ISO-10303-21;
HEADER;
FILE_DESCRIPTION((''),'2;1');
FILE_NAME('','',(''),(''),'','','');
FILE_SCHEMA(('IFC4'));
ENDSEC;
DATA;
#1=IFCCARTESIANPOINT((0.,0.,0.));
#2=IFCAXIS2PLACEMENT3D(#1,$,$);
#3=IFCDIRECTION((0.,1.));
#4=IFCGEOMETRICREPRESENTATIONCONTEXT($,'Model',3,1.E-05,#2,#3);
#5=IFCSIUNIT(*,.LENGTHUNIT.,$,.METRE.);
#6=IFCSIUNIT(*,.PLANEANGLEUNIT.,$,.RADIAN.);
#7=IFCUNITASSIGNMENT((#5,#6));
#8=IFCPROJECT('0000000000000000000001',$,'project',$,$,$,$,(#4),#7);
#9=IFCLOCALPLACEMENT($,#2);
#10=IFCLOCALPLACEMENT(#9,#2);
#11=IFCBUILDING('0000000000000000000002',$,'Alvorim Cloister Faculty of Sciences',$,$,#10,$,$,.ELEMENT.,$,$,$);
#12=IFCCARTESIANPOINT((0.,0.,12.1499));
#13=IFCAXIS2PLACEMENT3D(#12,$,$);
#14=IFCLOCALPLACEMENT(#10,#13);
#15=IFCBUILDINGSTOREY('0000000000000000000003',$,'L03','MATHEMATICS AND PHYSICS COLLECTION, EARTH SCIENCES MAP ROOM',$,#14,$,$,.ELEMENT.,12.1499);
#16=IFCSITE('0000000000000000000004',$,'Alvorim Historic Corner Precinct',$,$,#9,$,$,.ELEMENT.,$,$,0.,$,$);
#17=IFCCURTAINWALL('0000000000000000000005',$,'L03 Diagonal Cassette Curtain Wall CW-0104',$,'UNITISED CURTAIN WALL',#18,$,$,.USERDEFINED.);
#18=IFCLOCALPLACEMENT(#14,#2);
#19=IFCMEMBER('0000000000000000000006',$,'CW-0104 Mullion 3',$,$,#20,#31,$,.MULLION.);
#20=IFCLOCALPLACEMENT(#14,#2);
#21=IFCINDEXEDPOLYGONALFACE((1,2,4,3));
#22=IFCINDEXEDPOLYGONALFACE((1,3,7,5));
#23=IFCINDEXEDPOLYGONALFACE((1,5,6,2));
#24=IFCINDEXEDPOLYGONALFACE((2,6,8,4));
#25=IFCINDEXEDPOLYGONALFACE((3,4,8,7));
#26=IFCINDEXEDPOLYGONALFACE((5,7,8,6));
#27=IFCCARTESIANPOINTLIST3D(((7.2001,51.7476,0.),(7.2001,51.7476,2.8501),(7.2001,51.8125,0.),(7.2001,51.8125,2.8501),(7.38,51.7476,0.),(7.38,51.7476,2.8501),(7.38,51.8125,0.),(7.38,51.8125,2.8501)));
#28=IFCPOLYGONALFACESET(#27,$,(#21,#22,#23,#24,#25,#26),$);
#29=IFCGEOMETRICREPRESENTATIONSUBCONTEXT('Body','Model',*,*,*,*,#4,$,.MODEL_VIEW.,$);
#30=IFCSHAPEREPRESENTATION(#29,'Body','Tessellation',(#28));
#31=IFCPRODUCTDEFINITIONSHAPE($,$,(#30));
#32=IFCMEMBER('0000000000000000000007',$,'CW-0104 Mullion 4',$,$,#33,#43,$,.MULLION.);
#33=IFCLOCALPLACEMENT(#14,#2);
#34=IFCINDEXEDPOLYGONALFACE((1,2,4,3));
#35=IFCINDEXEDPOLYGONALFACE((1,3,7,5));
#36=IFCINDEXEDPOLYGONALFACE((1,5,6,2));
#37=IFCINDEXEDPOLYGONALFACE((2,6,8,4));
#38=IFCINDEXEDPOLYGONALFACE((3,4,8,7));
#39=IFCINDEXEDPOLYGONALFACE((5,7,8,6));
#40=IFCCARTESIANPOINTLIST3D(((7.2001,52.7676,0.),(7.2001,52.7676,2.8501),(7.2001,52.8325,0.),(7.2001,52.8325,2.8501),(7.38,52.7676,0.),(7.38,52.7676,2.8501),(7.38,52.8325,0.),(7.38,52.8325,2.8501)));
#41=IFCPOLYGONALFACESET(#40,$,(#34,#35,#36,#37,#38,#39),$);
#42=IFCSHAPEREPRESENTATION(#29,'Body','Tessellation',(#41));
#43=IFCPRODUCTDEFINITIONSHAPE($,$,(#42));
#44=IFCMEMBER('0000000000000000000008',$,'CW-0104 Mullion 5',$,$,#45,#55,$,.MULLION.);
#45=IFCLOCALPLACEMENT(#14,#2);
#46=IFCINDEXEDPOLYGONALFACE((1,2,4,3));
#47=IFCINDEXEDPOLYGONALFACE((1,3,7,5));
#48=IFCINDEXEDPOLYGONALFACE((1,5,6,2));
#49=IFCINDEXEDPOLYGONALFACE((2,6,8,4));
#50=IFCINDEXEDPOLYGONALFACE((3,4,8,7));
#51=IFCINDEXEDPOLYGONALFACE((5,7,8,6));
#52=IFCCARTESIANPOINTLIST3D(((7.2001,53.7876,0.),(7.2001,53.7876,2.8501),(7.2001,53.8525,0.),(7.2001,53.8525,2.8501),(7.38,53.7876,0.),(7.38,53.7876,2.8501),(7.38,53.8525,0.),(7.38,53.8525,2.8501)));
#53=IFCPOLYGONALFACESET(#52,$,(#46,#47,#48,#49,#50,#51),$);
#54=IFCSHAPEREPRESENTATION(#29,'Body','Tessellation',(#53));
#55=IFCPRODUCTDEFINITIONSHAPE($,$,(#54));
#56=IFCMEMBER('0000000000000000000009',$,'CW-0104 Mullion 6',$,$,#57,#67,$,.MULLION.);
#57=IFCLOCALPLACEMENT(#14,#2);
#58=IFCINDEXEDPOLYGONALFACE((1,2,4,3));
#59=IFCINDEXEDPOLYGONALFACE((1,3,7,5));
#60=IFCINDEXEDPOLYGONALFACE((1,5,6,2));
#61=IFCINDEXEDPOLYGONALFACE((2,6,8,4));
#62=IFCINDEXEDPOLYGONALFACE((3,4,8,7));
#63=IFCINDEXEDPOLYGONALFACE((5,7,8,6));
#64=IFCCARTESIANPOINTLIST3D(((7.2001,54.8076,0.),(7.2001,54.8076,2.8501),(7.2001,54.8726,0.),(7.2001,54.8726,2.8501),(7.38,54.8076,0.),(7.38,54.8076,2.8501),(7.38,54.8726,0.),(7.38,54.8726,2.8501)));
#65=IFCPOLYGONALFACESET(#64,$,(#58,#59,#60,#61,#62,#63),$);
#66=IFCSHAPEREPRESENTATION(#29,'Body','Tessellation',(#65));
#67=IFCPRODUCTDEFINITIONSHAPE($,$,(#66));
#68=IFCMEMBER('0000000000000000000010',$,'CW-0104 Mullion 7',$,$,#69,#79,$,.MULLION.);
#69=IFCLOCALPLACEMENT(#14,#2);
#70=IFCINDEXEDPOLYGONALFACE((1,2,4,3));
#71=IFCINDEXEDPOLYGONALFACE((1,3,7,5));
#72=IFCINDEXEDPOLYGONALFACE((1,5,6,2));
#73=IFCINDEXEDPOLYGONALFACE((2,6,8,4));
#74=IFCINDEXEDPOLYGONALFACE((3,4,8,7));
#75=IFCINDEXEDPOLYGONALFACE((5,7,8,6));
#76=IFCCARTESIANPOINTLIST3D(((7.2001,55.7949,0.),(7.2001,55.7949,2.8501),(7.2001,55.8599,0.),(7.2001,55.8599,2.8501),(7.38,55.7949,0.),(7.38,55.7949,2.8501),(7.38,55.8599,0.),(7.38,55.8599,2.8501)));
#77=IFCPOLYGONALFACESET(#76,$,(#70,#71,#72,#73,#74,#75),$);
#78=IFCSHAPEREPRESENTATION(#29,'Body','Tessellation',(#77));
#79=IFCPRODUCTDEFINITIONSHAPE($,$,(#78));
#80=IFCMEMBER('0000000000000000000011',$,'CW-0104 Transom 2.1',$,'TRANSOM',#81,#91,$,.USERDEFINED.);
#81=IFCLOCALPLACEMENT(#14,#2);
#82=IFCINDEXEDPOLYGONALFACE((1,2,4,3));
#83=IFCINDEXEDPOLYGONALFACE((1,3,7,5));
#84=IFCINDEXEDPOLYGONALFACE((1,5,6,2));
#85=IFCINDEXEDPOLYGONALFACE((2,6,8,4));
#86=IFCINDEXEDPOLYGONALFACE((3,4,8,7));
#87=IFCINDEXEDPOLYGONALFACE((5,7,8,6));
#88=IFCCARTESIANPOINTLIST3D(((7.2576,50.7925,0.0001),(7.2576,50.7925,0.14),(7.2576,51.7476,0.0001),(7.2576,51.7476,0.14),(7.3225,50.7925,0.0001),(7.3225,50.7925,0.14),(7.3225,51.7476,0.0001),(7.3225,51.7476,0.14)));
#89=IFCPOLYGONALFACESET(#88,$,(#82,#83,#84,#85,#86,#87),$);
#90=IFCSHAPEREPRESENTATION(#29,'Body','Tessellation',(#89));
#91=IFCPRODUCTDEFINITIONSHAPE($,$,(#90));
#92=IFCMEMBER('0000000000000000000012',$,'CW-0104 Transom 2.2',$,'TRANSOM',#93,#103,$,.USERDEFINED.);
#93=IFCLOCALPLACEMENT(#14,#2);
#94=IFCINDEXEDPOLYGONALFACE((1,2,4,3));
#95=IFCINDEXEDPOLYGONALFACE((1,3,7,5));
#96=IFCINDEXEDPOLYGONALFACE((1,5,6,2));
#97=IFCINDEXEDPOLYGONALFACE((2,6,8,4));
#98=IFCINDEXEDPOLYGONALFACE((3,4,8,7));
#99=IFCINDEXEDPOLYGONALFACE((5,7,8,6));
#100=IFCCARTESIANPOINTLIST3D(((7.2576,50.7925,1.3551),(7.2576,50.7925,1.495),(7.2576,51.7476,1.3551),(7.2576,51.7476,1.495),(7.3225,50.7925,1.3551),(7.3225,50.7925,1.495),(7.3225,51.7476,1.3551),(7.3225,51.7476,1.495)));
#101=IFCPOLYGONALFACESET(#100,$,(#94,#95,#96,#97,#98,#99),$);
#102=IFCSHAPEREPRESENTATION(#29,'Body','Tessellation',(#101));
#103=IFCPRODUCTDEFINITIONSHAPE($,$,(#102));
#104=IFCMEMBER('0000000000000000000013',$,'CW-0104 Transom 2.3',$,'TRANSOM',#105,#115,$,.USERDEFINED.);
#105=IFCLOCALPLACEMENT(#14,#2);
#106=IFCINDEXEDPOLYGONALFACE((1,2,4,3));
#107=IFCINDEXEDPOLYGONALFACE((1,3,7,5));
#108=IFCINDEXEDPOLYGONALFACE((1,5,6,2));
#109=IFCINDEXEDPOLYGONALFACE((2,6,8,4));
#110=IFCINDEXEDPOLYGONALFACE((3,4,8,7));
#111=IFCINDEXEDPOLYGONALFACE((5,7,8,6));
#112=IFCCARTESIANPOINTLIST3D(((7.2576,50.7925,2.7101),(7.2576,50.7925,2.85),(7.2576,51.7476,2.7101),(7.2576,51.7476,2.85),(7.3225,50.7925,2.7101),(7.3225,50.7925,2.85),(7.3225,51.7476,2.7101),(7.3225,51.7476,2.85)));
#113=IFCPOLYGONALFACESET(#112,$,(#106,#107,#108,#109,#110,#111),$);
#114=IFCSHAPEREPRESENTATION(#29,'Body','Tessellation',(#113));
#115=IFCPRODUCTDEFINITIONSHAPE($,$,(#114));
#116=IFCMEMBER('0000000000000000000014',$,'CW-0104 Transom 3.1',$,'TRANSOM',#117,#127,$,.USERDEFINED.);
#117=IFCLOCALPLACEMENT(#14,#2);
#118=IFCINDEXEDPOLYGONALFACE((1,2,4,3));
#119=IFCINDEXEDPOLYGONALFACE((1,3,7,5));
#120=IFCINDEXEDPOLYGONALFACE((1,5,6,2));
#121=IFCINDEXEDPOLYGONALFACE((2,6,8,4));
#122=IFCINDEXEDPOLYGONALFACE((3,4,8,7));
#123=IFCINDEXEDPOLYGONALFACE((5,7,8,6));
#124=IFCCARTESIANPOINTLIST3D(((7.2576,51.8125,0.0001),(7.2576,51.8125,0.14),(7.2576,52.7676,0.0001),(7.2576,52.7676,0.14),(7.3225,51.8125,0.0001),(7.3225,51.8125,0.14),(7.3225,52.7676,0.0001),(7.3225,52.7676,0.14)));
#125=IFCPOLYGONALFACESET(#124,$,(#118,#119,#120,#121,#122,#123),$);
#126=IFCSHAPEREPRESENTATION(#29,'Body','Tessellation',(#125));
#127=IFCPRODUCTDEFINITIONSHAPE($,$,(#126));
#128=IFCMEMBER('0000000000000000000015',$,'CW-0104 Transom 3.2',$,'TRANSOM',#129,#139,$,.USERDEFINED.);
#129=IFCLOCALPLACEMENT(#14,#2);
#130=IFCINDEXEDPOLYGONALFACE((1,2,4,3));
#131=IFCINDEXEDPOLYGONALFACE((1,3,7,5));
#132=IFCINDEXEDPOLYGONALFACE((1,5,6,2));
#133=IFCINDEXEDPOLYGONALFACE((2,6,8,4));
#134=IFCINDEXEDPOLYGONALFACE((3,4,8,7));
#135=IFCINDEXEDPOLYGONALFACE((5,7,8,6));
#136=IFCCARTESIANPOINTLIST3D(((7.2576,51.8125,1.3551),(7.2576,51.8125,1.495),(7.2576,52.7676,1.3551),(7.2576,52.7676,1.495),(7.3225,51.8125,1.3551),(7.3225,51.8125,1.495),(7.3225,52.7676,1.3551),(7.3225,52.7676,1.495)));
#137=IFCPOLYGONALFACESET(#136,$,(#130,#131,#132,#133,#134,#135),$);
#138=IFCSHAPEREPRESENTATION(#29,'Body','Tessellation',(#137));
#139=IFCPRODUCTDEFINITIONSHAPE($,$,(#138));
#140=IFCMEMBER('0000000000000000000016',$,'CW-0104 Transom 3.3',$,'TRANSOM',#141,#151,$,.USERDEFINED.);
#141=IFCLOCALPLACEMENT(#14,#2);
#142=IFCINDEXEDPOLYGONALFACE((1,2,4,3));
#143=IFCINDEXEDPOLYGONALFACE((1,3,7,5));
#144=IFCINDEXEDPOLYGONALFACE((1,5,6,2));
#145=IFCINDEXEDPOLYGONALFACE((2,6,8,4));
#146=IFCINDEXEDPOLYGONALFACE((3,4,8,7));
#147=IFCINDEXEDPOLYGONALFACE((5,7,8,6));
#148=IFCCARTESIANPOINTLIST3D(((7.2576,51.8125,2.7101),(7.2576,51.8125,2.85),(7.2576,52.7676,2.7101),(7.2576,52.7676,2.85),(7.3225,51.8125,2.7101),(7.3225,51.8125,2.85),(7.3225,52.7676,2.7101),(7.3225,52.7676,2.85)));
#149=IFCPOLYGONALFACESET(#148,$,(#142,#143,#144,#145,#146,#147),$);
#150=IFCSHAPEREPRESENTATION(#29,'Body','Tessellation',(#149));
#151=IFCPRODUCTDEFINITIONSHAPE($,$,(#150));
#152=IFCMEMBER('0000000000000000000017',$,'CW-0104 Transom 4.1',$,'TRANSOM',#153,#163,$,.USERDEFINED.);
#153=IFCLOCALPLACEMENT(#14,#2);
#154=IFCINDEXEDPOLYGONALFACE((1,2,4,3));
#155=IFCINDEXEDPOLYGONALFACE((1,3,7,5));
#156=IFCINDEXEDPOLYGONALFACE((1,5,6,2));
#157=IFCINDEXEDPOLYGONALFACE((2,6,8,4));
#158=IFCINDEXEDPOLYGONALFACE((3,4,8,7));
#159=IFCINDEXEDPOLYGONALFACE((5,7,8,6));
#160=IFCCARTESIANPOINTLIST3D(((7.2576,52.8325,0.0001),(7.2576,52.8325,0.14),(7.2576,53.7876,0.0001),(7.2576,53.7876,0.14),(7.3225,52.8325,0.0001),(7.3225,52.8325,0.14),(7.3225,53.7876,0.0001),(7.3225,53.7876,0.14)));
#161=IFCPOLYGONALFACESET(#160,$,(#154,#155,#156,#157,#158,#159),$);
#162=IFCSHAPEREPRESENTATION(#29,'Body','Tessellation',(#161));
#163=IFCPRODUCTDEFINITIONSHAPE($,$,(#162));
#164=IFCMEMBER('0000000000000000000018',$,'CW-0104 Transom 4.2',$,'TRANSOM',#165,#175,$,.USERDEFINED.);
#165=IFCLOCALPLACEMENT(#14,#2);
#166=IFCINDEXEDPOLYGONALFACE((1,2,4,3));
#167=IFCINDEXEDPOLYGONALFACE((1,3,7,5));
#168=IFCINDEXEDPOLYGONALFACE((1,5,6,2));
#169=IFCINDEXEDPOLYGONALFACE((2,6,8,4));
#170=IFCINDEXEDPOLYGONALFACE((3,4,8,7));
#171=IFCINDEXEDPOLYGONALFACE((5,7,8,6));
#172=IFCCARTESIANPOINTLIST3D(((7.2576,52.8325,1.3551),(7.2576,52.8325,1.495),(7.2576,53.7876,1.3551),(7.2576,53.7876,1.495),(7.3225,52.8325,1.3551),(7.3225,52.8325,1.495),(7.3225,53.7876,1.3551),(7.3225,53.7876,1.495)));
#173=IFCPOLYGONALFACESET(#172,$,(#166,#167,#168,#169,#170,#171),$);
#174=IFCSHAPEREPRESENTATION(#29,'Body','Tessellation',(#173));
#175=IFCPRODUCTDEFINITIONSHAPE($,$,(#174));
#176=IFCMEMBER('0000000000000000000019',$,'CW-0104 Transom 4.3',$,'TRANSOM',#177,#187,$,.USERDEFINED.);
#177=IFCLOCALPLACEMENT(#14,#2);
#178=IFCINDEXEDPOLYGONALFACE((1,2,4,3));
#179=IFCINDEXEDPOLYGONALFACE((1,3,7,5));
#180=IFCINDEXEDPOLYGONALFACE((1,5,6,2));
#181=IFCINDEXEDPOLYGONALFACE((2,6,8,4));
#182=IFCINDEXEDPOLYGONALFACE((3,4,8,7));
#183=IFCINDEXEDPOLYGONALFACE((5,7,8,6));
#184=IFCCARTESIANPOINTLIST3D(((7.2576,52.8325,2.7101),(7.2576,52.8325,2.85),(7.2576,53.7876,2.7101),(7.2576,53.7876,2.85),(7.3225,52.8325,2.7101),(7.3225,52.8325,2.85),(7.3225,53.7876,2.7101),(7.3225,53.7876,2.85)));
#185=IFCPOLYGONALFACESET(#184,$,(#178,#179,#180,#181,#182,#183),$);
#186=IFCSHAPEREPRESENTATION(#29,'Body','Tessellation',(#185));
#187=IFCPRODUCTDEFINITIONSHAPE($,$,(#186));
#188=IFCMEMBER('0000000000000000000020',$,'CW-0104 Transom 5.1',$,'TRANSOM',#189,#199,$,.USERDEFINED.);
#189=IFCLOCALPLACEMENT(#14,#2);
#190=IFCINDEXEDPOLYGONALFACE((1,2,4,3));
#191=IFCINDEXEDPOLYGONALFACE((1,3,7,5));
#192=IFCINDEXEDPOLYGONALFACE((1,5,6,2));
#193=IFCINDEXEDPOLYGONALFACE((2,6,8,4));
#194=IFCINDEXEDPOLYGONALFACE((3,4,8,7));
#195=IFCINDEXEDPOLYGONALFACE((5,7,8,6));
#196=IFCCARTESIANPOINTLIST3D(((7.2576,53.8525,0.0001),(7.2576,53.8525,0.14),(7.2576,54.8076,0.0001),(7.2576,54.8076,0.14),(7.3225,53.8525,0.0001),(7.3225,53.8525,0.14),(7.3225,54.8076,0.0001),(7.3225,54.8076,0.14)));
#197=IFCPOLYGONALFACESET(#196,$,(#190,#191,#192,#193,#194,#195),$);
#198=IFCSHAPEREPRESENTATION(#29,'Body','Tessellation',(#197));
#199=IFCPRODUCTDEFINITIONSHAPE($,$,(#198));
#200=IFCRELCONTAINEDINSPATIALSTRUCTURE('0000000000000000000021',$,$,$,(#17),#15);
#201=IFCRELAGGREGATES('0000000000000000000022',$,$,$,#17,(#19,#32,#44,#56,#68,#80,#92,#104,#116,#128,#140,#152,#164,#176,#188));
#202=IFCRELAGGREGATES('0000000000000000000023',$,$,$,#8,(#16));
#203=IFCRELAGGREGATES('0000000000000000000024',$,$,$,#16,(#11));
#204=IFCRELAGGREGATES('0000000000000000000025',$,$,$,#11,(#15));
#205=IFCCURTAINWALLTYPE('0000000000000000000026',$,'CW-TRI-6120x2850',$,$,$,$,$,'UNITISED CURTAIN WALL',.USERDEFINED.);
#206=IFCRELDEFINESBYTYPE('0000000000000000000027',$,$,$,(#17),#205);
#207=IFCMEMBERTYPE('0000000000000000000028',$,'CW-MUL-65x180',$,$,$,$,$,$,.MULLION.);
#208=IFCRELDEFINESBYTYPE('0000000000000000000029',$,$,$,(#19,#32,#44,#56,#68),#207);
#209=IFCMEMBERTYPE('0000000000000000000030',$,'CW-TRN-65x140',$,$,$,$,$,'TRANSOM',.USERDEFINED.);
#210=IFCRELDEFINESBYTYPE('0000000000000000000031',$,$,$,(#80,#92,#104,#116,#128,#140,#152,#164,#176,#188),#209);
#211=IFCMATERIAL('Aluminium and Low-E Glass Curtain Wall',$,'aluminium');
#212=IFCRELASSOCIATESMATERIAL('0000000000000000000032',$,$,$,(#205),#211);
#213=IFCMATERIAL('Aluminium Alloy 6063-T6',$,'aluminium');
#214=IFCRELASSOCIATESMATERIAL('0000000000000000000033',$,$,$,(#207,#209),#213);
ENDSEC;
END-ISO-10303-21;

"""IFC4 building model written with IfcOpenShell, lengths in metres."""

from ifc_helpers import new_model, si_unit, direction, frame, origin, origin_2d, place, context, subcontext, project, spatial, rectangle, extrude, material, material_profile, profile_set, type_object, element, aggregate, save


model = new_model("IFC4")

# Units and contexts
model_context = context("Model", 3, precision=1e-05, world=origin(), true_north=direction((0.0, 1.0)))
body_context = subcontext(model_context, "Body", "Model", "MODEL_VIEW")
ifc_project = project(units=[si_unit("LENGTHUNIT", "METRE"), si_unit("PLANEANGLEUNIT", "RADIAN")], contexts=[model_context])

# Site, building, storey
site_placement = place(None, origin())
site = spatial("IfcSite", under=ifc_project, at=site_placement, Name="Alvorim Historic Corner Precinct", CompositionType="ELEMENT", RefElevation=0.0)
building_placement = place(site_placement, origin())
building = spatial("IfcBuilding", under=site, at=building_placement, Name="Alvorim Cloister Faculty of Sciences", CompositionType="ELEMENT")
storey_placement = place(building_placement, frame((0.0, 0.0, 12.1499)))
storey = spatial("IfcBuildingStorey", under=building, at=storey_placement, Name="L03", Description="MATHEMATICS AND PHYSICS COLLECTION, EARTH SCIENCES MAP ROOM", CompositionType="ELEMENT", Elevation=12.1499)

# Curtain wall, members
ifc_material_1 = material(Name="Aluminium and Low-E Glass Curtain Wall", Category="aluminium")
curtain_wall_type = type_object("IfcCurtainWallType", Name="CW-TRI-6120x2850", ElementType="UNITISED CURTAIN WALL", PredefinedType="USERDEFINED", material=ifc_material_1)
curtain_wall_placement = place(storey_placement, origin())
curtain_wall = element("IfcCurtainWall", 1, at=curtain_wall_placement, inside=storey, type_object=curtain_wall_type, Name="L03 Diagonal Cassette Curtain Wall CW-0104", ObjectType="UNITISED CURTAIN WALL", PredefinedType="USERDEFINED")
ifc_material_2 = material(Name="Aluminium Alloy 6063-T6", Category="aluminium")
ifc_material_profile_1 = material_profile(ifc_material_2, rectangle(XDim=0.0649, YDim=0.1799, at=origin_2d()), Name="ALU-MUL-65x180")
ifc_profile_set_1 = profile_set([ifc_material_profile_1], Name="Aluminium Alloy 6063-T6")
member_type_1 = type_object("IfcMemberType", Name="CW-MUL-65x180", PredefinedType="MULLION", material=ifc_profile_set_1)
member_1_placement = place(storey_placement, frame((7.29, 51.78, 0.0), z_axis=(0.0, 0.0, 1.0), x_axis=(0.0, 1.0, 0.0)))
member_1 = element("IfcMember", 2, at=member_1_placement, type_object=member_type_1, Name="CW-0104 Mullion 3", PredefinedType="MULLION", context=body_context, shape_type="SweptSolid", body=[
    extrude(rectangle(XDim=0.0649, YDim=0.1799, at=origin_2d()), origin(), (0.0, 0.0, 1.0), 2.8501),
])
member_2_placement = place(storey_placement, frame((7.29, 52.8, 0.0), z_axis=(0.0, 0.0, 1.0), x_axis=(0.0, 1.0, 0.0)))
member_2 = element("IfcMember", 3, at=member_2_placement, type_object=member_type_1, Name="CW-0104 Mullion 4", PredefinedType="MULLION", context=body_context, shape_type="SweptSolid", body=[
    extrude(rectangle(XDim=0.0649, YDim=0.1799, at=origin_2d()), origin(), (0.0, 0.0, 1.0), 2.8501),
])
member_3_placement = place(storey_placement, frame((7.29, 53.8201, 0.0), z_axis=(0.0, 0.0, 1.0), x_axis=(0.0, 1.0, 0.0)))
member_3 = element("IfcMember", 4, at=member_3_placement, type_object=member_type_1, Name="CW-0104 Mullion 5", PredefinedType="MULLION", context=body_context, shape_type="SweptSolid", body=[
    extrude(rectangle(XDim=0.0649, YDim=0.1799, at=origin_2d()), origin(), (0.0, 0.0, 1.0), 2.8501),
])
member_4_placement = place(storey_placement, frame((7.29, 54.8401, 0.0), z_axis=(0.0, 0.0, 1.0), x_axis=(0.0, 1.0, 0.0)))
member_4 = element("IfcMember", 5, at=member_4_placement, type_object=member_type_1, Name="CW-0104 Mullion 6", PredefinedType="MULLION", context=body_context, shape_type="SweptSolid", body=[
    extrude(rectangle(XDim=0.0649, YDim=0.1799, at=origin_2d()), origin(), (0.0, 0.0, 1.0), 2.8501),
])
member_5_placement = place(storey_placement, frame((7.29, 55.8274, 0.0), z_axis=(0.0, 0.0, 1.0), x_axis=(0.0, 1.0, 0.0)))
member_5 = element("IfcMember", 6, at=member_5_placement, type_object=member_type_1, Name="CW-0104 Mullion 7", PredefinedType="MULLION", context=body_context, shape_type="SweptSolid", body=[
    extrude(rectangle(XDim=0.0649, YDim=0.1799, at=origin_2d()), origin(), (0.0, 0.0, 1.0), 2.8501),
])
ifc_material_profile_2 = material_profile(ifc_material_2, rectangle(XDim=0.0649, YDim=0.1399, at=origin_2d()), Name="ALU-TRN-65x140")
ifc_profile_set_2 = profile_set([ifc_material_profile_2], Name="Aluminium Alloy 6063-T6")
member_type_2 = type_object("IfcMemberType", Name="CW-TRN-65x140", ElementType="TRANSOM", PredefinedType="USERDEFINED", material=ifc_profile_set_2)
member_6_placement = place(storey_placement, frame((7.29, 50.7925, 0.0701), z_axis=(0.0, 1.0, 0.0), x_axis=(-1.0, 0.0, 0.0)))
member_6 = element("IfcMember", 7, at=member_6_placement, type_object=member_type_2, Name="CW-0104 Transom 2.1", ObjectType="TRANSOM", PredefinedType="USERDEFINED", context=body_context, shape_type="SweptSolid", body=[
    extrude(rectangle(XDim=0.0649, YDim=0.1399, at=origin_2d()), origin(), (0.0, 0.0, 1.0), 0.9551),
])
member_7_placement = place(storey_placement, frame((7.29, 50.7925, 1.425), z_axis=(0.0, 1.0, 0.0), x_axis=(-1.0, 0.0, 0.0)))
member_7 = element("IfcMember", 8, at=member_7_placement, type_object=member_type_2, Name="CW-0104 Transom 2.2", ObjectType="TRANSOM", PredefinedType="USERDEFINED", context=body_context, shape_type="SweptSolid", body=[
    extrude(rectangle(XDim=0.0649, YDim=0.1399, at=origin_2d()), origin(), (0.0, 0.0, 1.0), 0.9551),
])
member_8_placement = place(storey_placement, frame((7.29, 50.7925, 2.78), z_axis=(0.0, 1.0, 0.0), x_axis=(-1.0, 0.0, 0.0)))
member_8 = element("IfcMember", 9, at=member_8_placement, type_object=member_type_2, Name="CW-0104 Transom 2.3", ObjectType="TRANSOM", PredefinedType="USERDEFINED", context=body_context, shape_type="SweptSolid", body=[
    extrude(rectangle(XDim=0.0649, YDim=0.1399, at=origin_2d()), origin(), (0.0, 0.0, 1.0), 0.9551),
])
member_9_placement = place(storey_placement, frame((7.29, 51.8125, 0.0701), z_axis=(0.0, 1.0, 0.0), x_axis=(-1.0, 0.0, 0.0)))
member_9 = element("IfcMember", 10, at=member_9_placement, type_object=member_type_2, Name="CW-0104 Transom 3.1", ObjectType="TRANSOM", PredefinedType="USERDEFINED", context=body_context, shape_type="SweptSolid", body=[
    extrude(rectangle(XDim=0.0649, YDim=0.1399, at=origin_2d()), origin(), (0.0, 0.0, 1.0), 0.9551),
])
member_10_placement = place(storey_placement, frame((7.29, 51.8125, 1.425), z_axis=(0.0, 1.0, 0.0), x_axis=(-1.0, 0.0, 0.0)))
member_10 = element("IfcMember", 11, at=member_10_placement, type_object=member_type_2, Name="CW-0104 Transom 3.2", ObjectType="TRANSOM", PredefinedType="USERDEFINED", context=body_context, shape_type="SweptSolid", body=[
    extrude(rectangle(XDim=0.0649, YDim=0.1399, at=origin_2d()), origin(), (0.0, 0.0, 1.0), 0.9551),
])
member_11_placement = place(storey_placement, frame((7.29, 51.8125, 2.78), z_axis=(0.0, 1.0, 0.0), x_axis=(-1.0, 0.0, 0.0)))
member_11 = element("IfcMember", 12, at=member_11_placement, type_object=member_type_2, Name="CW-0104 Transom 3.3", ObjectType="TRANSOM", PredefinedType="USERDEFINED", context=body_context, shape_type="SweptSolid", body=[
    extrude(rectangle(XDim=0.0649, YDim=0.1399, at=origin_2d()), origin(), (0.0, 0.0, 1.0), 0.9551),
])
member_12_placement = place(storey_placement, frame((7.29, 52.8325, 0.0701), z_axis=(0.0, 1.0, 0.0), x_axis=(-1.0, 0.0, 0.0)))
member_12 = element("IfcMember", 13, at=member_12_placement, type_object=member_type_2, Name="CW-0104 Transom 4.1", ObjectType="TRANSOM", PredefinedType="USERDEFINED", context=body_context, shape_type="SweptSolid", body=[
    extrude(rectangle(XDim=0.0649, YDim=0.1399, at=origin_2d()), origin(), (0.0, 0.0, 1.0), 0.9551),
])
member_13_placement = place(storey_placement, frame((7.29, 52.8325, 1.425), z_axis=(0.0, 1.0, 0.0), x_axis=(-1.0, 0.0, 0.0)))
member_13 = element("IfcMember", 14, at=member_13_placement, type_object=member_type_2, Name="CW-0104 Transom 4.2", ObjectType="TRANSOM", PredefinedType="USERDEFINED", context=body_context, shape_type="SweptSolid", body=[
    extrude(rectangle(XDim=0.0649, YDim=0.1399, at=origin_2d()), origin(), (0.0, 0.0, 1.0), 0.9551),
])
member_14_placement = place(storey_placement, frame((7.29, 52.8325, 2.78), z_axis=(0.0, 1.0, 0.0), x_axis=(-1.0, 0.0, 0.0)))
member_14 = element("IfcMember", 15, at=member_14_placement, type_object=member_type_2, Name="CW-0104 Transom 4.3", ObjectType="TRANSOM", PredefinedType="USERDEFINED", context=body_context, shape_type="SweptSolid", body=[
    extrude(rectangle(XDim=0.0649, YDim=0.1399, at=origin_2d()), origin(), (0.0, 0.0, 1.0), 0.9551),
])
member_15_placement = place(storey_placement, frame((7.29, 53.8525, 0.0701), z_axis=(0.0, 1.0, 0.0), x_axis=(-1.0, 0.0, 0.0)))
member_15 = element("IfcMember", 16, at=member_15_placement, type_object=member_type_2, Name="CW-0104 Transom 5.1", ObjectType="TRANSOM", PredefinedType="USERDEFINED", context=body_context, shape_type="SweptSolid", body=[
    extrude(rectangle(XDim=0.0649, YDim=0.1399, at=origin_2d()), origin(), (0.0, 0.0, 1.0), 0.9551),
])
aggregate(curtain_wall, [member_1, member_2, member_3, member_4, member_5, member_6, member_7, member_8, member_9, member_10, member_11, member_12, member_13, member_14, member_15])

save(model, "model.ifc")
